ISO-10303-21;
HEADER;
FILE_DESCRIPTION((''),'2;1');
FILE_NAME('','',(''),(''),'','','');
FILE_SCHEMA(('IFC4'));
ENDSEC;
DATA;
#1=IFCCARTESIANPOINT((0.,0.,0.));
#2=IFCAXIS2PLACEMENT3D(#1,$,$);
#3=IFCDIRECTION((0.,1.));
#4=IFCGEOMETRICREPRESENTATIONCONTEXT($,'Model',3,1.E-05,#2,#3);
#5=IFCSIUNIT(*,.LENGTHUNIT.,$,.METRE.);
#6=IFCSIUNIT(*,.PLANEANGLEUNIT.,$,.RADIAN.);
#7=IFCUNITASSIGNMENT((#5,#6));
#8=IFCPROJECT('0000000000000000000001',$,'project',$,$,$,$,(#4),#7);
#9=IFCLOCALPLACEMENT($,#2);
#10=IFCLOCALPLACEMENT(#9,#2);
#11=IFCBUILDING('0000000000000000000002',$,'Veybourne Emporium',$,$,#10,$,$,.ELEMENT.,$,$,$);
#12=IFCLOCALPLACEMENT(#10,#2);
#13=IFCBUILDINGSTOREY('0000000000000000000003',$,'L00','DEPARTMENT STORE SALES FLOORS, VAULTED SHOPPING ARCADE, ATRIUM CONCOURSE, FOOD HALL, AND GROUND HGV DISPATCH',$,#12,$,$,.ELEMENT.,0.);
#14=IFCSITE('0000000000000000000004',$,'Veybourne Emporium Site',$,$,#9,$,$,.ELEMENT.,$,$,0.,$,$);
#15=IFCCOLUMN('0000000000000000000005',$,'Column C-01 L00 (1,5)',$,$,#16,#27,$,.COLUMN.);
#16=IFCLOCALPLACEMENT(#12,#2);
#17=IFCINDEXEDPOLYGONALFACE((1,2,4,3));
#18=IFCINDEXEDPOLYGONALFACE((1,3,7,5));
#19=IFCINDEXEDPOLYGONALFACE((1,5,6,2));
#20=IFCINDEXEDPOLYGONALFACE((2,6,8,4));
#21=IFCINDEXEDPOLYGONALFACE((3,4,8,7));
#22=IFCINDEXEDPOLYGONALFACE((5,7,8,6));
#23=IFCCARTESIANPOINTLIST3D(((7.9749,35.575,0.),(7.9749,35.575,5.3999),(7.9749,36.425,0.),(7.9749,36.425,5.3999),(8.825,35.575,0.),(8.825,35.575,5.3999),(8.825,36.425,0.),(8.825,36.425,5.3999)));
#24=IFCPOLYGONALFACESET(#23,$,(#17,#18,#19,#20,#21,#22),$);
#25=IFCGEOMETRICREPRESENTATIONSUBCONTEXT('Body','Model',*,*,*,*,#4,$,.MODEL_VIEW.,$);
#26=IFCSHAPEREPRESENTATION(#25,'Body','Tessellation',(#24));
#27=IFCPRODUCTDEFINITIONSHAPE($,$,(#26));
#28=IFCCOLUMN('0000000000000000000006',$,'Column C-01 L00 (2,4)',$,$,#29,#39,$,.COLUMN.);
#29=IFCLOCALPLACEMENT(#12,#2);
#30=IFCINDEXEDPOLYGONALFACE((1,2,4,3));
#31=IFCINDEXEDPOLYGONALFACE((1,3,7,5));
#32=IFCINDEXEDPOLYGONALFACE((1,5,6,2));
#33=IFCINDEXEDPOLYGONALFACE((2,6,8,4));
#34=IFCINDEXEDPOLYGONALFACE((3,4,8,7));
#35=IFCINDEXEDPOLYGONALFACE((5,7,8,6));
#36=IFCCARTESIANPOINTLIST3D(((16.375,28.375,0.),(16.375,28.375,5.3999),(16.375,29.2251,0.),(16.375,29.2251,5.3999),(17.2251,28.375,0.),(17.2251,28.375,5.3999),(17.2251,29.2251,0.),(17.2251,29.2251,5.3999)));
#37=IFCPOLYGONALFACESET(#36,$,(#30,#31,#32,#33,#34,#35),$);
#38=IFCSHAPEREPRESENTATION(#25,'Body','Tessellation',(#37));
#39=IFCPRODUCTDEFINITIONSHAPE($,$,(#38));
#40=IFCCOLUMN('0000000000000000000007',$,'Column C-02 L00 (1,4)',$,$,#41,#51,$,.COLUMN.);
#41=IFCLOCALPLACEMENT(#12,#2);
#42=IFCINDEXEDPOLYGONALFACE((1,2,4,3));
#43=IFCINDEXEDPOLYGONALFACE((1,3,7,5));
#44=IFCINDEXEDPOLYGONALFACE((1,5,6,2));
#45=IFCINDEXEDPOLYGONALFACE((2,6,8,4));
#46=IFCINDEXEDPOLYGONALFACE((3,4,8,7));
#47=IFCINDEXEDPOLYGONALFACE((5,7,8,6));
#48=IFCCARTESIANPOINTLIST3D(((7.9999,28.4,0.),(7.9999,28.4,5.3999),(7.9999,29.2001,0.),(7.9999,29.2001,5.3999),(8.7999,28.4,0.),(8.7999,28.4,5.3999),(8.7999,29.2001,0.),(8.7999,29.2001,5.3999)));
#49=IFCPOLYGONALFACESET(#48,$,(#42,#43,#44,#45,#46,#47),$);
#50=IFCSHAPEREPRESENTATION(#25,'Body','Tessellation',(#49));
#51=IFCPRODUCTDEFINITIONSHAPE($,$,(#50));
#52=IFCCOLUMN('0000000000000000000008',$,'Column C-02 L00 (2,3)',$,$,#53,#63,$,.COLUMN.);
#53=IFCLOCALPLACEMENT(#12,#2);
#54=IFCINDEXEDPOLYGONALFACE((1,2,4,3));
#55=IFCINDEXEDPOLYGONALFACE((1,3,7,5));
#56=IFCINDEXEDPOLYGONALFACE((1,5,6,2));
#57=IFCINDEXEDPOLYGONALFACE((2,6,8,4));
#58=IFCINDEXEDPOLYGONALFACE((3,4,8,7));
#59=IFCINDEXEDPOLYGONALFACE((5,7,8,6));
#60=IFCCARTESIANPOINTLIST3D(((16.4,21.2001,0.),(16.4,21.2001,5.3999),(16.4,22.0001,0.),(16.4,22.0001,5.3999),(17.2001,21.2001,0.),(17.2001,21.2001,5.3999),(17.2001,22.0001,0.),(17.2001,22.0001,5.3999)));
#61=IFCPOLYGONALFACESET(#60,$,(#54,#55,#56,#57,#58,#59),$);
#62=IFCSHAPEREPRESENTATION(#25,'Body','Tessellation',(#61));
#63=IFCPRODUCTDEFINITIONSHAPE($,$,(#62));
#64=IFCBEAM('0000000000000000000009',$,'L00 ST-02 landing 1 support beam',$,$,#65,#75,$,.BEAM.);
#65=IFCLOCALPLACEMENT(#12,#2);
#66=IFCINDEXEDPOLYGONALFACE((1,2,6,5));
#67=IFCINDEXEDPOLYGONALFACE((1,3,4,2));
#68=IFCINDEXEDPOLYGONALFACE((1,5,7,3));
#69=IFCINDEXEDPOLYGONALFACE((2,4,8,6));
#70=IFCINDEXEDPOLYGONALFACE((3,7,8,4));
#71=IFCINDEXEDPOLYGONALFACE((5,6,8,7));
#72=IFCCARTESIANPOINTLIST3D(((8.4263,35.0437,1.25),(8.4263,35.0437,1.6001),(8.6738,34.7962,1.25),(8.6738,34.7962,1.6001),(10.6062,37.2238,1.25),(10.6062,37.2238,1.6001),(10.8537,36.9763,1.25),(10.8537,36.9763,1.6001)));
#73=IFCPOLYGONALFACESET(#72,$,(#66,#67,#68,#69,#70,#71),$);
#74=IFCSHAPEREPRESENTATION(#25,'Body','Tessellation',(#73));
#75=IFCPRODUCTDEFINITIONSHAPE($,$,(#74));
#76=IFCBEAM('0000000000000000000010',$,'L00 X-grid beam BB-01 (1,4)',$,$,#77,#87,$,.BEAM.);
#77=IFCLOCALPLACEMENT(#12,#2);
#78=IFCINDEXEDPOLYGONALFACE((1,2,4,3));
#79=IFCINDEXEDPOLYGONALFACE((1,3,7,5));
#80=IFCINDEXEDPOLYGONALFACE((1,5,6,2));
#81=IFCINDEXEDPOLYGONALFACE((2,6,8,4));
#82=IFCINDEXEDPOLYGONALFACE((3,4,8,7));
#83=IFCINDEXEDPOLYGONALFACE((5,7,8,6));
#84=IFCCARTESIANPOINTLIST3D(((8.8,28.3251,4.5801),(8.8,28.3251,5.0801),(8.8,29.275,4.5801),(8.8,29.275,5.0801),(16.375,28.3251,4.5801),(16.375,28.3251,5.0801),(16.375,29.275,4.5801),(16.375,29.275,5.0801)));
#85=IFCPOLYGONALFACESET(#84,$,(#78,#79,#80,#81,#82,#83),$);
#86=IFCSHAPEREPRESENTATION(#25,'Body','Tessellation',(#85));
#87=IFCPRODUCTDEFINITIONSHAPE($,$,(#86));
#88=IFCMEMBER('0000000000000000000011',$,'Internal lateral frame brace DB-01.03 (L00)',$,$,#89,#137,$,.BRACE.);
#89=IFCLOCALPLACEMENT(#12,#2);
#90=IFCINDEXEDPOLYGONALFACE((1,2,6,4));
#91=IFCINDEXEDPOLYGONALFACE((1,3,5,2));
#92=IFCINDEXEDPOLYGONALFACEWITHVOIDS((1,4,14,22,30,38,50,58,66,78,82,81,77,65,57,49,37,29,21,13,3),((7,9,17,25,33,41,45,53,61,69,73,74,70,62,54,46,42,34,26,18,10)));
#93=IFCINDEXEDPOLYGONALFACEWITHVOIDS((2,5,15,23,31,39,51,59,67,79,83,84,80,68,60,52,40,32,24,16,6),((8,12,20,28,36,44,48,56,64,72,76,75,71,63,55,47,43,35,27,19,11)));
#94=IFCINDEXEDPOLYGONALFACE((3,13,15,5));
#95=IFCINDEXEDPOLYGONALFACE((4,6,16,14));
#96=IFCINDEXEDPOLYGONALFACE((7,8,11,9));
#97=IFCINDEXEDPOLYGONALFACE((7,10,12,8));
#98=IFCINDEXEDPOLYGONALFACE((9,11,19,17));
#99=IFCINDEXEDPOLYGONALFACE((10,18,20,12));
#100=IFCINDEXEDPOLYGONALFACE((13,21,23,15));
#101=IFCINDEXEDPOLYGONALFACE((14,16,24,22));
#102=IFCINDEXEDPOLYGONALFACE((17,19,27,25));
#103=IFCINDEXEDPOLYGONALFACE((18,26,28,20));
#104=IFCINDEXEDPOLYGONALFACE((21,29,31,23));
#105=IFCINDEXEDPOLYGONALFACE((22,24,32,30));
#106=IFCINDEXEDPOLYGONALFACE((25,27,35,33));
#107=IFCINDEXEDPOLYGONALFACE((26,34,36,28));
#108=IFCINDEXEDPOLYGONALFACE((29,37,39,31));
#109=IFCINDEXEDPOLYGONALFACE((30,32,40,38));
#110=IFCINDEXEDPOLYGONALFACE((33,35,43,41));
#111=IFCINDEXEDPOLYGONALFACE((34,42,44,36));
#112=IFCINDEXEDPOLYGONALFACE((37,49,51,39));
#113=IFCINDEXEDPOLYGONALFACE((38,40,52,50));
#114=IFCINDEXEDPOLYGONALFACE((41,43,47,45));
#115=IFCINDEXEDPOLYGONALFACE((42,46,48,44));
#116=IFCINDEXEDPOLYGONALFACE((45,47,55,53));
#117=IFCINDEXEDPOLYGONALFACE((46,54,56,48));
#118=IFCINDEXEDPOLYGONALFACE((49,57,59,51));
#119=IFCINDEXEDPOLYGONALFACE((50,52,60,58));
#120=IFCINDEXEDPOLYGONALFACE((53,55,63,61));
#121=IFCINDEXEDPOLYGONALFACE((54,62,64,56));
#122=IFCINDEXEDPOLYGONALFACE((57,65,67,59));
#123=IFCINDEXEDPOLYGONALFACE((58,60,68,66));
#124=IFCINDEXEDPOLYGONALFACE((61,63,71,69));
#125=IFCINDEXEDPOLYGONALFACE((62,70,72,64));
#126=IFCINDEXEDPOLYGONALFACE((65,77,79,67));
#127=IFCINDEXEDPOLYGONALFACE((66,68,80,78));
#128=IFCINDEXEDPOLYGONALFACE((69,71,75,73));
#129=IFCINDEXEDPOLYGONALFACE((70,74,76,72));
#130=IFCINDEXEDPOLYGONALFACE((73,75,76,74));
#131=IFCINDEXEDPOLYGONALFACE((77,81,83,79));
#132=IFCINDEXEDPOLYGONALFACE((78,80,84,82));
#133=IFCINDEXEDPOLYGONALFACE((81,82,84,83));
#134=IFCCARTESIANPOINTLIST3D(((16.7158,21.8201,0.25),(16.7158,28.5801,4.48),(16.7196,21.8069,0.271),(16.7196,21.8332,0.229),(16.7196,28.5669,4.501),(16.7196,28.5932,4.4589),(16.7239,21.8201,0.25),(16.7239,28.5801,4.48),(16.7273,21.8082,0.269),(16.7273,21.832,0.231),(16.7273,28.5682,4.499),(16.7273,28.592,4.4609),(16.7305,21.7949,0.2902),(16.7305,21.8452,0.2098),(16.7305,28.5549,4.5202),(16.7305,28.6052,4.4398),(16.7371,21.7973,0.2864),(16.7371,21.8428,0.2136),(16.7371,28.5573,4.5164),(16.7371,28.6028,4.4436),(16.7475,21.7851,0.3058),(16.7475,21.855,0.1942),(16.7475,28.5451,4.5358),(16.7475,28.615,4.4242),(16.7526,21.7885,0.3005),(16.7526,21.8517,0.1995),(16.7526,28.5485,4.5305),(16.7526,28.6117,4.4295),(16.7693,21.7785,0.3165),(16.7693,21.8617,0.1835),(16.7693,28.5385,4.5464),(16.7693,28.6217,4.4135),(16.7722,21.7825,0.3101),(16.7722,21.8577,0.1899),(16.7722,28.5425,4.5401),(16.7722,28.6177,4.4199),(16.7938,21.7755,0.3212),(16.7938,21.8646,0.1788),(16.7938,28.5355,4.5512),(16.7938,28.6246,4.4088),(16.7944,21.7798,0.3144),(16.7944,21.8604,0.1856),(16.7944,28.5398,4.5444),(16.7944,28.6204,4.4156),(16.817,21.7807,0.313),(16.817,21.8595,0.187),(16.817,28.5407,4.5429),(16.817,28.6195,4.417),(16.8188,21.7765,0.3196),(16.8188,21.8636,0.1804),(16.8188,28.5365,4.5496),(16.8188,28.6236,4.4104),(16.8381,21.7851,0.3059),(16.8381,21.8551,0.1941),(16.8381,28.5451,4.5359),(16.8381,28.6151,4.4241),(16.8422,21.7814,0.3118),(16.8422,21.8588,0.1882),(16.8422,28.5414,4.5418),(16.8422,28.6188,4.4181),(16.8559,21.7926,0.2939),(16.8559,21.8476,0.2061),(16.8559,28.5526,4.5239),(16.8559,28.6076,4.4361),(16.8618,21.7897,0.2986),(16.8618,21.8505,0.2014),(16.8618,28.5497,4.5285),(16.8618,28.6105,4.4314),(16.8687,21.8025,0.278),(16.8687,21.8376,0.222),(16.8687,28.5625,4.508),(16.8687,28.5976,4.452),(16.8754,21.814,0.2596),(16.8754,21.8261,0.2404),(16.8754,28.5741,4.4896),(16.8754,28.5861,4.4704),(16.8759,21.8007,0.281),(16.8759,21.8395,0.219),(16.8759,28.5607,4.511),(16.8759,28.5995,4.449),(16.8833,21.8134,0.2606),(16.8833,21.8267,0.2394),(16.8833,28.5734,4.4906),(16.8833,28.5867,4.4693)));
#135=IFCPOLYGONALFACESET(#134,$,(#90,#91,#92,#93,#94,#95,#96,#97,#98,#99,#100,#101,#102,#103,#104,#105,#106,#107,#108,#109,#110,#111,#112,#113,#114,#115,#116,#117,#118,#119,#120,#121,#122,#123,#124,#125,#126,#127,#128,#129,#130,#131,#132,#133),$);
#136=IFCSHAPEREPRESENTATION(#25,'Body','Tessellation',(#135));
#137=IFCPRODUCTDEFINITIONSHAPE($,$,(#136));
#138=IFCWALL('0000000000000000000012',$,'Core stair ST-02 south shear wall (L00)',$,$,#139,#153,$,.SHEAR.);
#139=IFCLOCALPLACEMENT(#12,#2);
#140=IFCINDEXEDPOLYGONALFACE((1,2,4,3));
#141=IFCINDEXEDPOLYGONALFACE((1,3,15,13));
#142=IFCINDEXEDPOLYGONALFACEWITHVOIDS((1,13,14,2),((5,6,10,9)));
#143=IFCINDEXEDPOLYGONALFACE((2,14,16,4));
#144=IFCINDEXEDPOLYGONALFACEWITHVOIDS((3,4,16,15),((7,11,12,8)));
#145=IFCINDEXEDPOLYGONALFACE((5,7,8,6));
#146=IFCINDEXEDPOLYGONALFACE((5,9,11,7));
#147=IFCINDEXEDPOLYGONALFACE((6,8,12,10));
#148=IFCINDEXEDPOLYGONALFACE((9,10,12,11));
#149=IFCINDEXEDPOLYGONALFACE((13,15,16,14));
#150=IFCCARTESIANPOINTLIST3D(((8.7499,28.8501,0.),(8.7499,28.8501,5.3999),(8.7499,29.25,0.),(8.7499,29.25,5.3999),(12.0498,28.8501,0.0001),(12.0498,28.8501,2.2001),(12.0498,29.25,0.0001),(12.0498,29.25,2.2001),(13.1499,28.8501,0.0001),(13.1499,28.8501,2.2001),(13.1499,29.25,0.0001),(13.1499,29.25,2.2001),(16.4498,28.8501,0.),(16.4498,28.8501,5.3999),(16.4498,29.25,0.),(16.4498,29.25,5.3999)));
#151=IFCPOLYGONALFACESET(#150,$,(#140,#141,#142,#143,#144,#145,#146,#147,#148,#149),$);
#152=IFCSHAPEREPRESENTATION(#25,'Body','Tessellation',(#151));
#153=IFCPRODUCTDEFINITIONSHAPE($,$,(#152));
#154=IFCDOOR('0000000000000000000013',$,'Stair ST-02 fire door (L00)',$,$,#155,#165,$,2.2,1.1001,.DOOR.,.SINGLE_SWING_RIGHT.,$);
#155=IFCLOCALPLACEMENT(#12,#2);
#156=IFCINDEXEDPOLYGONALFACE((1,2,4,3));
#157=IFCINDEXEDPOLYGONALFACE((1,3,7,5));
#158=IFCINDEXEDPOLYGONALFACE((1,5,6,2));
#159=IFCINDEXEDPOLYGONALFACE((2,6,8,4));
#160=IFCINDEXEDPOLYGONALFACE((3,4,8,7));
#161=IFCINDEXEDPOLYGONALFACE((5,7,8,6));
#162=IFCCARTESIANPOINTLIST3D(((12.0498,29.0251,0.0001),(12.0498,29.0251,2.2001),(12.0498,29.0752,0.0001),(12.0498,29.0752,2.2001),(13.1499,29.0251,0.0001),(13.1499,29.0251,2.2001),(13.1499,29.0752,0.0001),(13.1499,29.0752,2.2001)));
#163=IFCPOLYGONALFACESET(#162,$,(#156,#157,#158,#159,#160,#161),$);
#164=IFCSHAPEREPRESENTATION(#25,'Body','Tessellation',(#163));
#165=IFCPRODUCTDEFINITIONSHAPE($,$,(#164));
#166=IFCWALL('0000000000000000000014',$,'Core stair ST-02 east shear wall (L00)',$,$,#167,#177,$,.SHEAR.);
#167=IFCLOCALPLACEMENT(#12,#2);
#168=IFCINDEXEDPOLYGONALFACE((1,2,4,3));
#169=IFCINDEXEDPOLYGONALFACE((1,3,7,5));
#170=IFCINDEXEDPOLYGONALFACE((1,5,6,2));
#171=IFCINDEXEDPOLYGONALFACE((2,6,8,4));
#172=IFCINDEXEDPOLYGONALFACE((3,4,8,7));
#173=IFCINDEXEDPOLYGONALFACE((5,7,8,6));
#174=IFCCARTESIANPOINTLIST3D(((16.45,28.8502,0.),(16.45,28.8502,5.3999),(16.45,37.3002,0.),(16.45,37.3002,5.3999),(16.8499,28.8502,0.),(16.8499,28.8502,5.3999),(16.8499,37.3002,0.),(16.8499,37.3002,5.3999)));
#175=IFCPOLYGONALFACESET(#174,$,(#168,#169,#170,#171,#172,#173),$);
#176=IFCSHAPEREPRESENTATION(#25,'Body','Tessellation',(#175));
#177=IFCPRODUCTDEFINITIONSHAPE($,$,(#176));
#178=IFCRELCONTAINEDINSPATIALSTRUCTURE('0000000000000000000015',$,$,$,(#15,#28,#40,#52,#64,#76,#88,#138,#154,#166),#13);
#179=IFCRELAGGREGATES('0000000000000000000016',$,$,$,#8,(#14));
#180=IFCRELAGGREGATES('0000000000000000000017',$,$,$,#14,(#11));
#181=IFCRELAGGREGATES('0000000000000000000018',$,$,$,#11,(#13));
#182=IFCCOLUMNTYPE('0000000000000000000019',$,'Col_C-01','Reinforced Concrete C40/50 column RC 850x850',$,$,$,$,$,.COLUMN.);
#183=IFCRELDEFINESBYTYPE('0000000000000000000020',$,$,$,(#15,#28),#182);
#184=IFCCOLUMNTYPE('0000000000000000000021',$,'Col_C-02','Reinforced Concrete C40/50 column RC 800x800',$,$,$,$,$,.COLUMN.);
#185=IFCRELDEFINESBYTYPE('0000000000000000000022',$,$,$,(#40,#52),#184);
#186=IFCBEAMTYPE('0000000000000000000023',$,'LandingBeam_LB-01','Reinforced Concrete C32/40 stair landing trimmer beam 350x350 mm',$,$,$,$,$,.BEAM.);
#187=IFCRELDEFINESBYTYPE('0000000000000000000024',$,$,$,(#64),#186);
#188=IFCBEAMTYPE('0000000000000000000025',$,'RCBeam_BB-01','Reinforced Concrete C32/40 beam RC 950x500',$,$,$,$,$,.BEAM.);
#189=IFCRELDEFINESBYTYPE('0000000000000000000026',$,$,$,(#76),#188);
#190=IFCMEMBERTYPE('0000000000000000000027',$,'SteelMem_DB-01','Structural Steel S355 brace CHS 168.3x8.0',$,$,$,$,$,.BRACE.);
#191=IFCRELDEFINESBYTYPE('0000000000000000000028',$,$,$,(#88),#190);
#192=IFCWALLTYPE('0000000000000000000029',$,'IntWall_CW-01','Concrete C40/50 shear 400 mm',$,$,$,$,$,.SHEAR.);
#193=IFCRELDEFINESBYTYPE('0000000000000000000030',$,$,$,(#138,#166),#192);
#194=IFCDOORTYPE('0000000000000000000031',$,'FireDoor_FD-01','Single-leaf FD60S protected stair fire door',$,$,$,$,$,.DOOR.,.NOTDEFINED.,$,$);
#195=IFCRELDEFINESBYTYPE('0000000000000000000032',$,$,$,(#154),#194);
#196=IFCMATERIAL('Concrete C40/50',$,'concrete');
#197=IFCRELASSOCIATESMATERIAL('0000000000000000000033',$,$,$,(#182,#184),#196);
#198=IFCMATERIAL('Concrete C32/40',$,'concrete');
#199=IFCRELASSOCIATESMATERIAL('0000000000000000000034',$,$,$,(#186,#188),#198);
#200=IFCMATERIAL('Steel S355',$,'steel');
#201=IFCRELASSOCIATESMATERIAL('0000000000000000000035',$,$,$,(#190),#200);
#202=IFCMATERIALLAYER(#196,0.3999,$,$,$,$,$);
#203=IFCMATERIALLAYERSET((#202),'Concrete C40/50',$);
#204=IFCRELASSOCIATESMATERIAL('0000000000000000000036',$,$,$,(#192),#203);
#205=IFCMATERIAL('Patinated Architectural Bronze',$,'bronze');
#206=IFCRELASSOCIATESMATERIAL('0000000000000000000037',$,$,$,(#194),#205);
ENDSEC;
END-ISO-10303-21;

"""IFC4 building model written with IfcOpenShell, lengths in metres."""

from ifc_helpers import new_model, si_unit, direction, frame, frame_2d, origin, origin_2d, place, context, subcontext, project, spatial, rectangle, hollow_circle, extrude, material, layer, layer_set, material_profile, profile_set, type_object, element, fill, save


model = new_model("IFC4")

# Units and contexts
model_context = context("Model", 3, precision=1e-05, world=origin(), true_north=direction((0.0, 1.0)))
body_context = subcontext(model_context, "Body", "Model", "MODEL_VIEW")
ifc_project = project(units=[si_unit("LENGTHUNIT", "METRE"), si_unit("PLANEANGLEUNIT", "RADIAN")], contexts=[model_context])

# Site, building, storey
site_placement = place(None, origin())
site = spatial("IfcSite", under=ifc_project, at=site_placement, Name="Veybourne Emporium Site", CompositionType="ELEMENT", RefElevation=0.0)
building_placement = place(site_placement, origin())
building = spatial("IfcBuilding", under=site, at=building_placement, Name="Veybourne Emporium", CompositionType="ELEMENT")
storey_placement = place(building_placement, origin())
storey = spatial("IfcBuildingStorey", under=building, at=storey_placement, Name="L00", Description="DEPARTMENT STORE SALES FLOORS, VAULTED SHOPPING ARCADE, ATRIUM CONCOURSE, FOOD HALL, AND GROUND HGV DISPATCH", CompositionType="ELEMENT", Elevation=0.0)

# Columns
ifc_material_1 = material(Name="Concrete C40/50", Category="concrete")
ifc_material_profile_1 = material_profile(ifc_material_1, rectangle(XDim=0.8501, YDim=0.8501, at=origin_2d()), Name="RC 850x850")
ifc_profile_set_1 = profile_set([ifc_material_profile_1], Name="Concrete C40/50")
column_type_1 = type_object("IfcColumnType", Name="Col_C-01", Description="Reinforced Concrete C40/50 column RC 850x850", PredefinedType="COLUMN", material=ifc_profile_set_1)
for number, where, z_axis, x_axis, name in (
    (1, (8.3999, 36.0, 0.0), (0.0, 0.0, 1.0), (1.0, 0.0, 0.0), "Column C-01 L00 (1,5)"),
    (2, (16.8, 28.8, 0.0), (0.0, 0.0, 1.0), (1.0, 0.0, 0.0), "Column C-01 L00 (2,4)"),
):
    element("IfcColumn", number, at=place(storey_placement, frame(where, z_axis=z_axis, x_axis=x_axis)), inside=storey, type_object=column_type_1, Name=name, PredefinedType="COLUMN", context=body_context, shape_type="SweptSolid", body=[
        extrude(rectangle(XDim=0.8501, YDim=0.8501, at=origin_2d()), origin(), (0.0, 0.0, 1.0), 5.3999),
    ])
ifc_material_profile_2 = material_profile(ifc_material_1, rectangle(XDim=0.8, YDim=0.8, at=origin_2d()), Name="RC 800x800")
ifc_profile_set_2 = profile_set([ifc_material_profile_2], Name="Concrete C40/50")
column_type_2 = type_object("IfcColumnType", Name="Col_C-02", Description="Reinforced Concrete C40/50 column RC 800x800", PredefinedType="COLUMN", material=ifc_profile_set_2)
for number, where, z_axis, x_axis, name in (
    (3, (8.3999, 28.8, 0.0), (0.0, 0.0, 1.0), (1.0, 0.0, 0.0), "Column C-02 L00 (1,4)"),
    (4, (16.8, 21.6001, 0.0), (0.0, 0.0, 1.0), (1.0, 0.0, 0.0), "Column C-02 L00 (2,3)"),
):
    element("IfcColumn", number, at=place(storey_placement, frame(where, z_axis=z_axis, x_axis=x_axis)), inside=storey, type_object=column_type_2, Name=name, PredefinedType="COLUMN", context=body_context, shape_type="SweptSolid", body=[
        extrude(rectangle(XDim=0.8, YDim=0.8, at=origin_2d()), origin(), (0.0, 0.0, 1.0), 5.3999),
    ])

# Beams
ifc_material_2 = material(Name="Concrete C32/40", Category="concrete")
ifc_material_profile_3 = material_profile(ifc_material_2, rectangle(XDim=0.3501, YDim=0.3501, at=origin_2d()), Name="RC 350x350")
ifc_profile_set_3 = profile_set([ifc_material_profile_3], Name="Concrete C32/40")
beam_type_1 = type_object("IfcBeamType", Name="LandingBeam_LB-01", Description="Reinforced Concrete C32/40 stair landing trimmer beam 350x350 mm", PredefinedType="BEAM", material=ifc_profile_set_3)
beam_1_placement = place(storey_placement, frame((8.55, 34.9199, 1.425), z_axis=(0.707067, 0.707146, 0.0), x_axis=(-0.707146, 0.707067, 0.0)))
element("IfcBeam", 5, at=beam_1_placement, inside=storey, type_object=beam_type_1, Name="L00 ST-02 landing 1 support beam", PredefinedType="BEAM", context=body_context, shape_type="SweptSolid", body=[
    extrude(rectangle(XDim=0.3501, YDim=0.3501, at=origin_2d()), origin(), (0.0, 0.0, 1.0), 3.083),
])
ifc_material_profile_4 = material_profile(ifc_material_2, rectangle(XDim=0.95, YDim=0.5, at=origin_2d()), Name="RC 950x500")
ifc_profile_set_4 = profile_set([ifc_material_profile_4], Name="Concrete C32/40")
beam_type_2 = type_object("IfcBeamType", Name="RCBeam_BB-01", Description="Reinforced Concrete C32/40 beam RC 950x500", PredefinedType="BEAM", material=ifc_profile_set_4)
beam_2_placement = place(storey_placement, frame((8.8, 28.8, 4.8301), z_axis=(1.0, 0.0, 0.0), x_axis=(0.0, 1.0, 0.0)))
element("IfcBeam", 6, at=beam_2_placement, inside=storey, type_object=beam_type_2, Name="L00 X-grid beam BB-01 (1,4)", PredefinedType="BEAM", context=body_context, shape_type="SweptSolid", body=[
    extrude(rectangle(XDim=0.95, YDim=0.5, at=origin_2d()), origin(), (0.0, 0.0, 1.0), 7.575),
])

# Member
ifc_material_3 = material(Name="Steel S355", Category="steel")
ifc_material_profile_5 = material_profile(ifc_material_3, hollow_circle(Radius=0.0842, WallThickness=0.0081, at=origin_2d()), Name="CHS 168.3x8.0")
ifc_profile_set_5 = profile_set([ifc_material_profile_5], Name="Steel S355")
member_type = type_object("IfcMemberType", Name="SteelMem_DB-01", Description="Structural Steel S355 brace CHS 168.3x8.0", PredefinedType="BRACE", material=ifc_profile_set_5)
member_placement = place(storey_placement, frame((16.8, 21.8201, 0.25), z_axis=(0.0, 0.847718, 0.530447), x_axis=(-1.0, 0.0, 0.0)))
element("IfcMember", 7, at=member_placement, inside=storey, type_object=member_type, Name="Internal lateral frame brace DB-01.03 (L00)", PredefinedType="BRACE", context=body_context, shape_type="SweptSolid", body=[
    extrude(hollow_circle(Radius=0.0842, WallThickness=0.0081, at=origin_2d()), origin(), (0.0, 0.0, 1.0), 7.9744),
])

# Wall, opening, door
ifc_layer = layer(ifc_material_1, 0.3999)
ifc_layer_set = layer_set([ifc_layer], Name="Concrete C40/50")
wall_type = type_object("IfcWallType", Name="IntWall_CW-01", Description="Concrete C40/50 shear 400 mm", PredefinedType="SHEAR", material=ifc_layer_set)
wall_1_placement = place(storey_placement, frame((16.45, 29.05, 0.0), z_axis=(0.0, 0.0, 1.0), x_axis=(-1.0, 0.0, 0.0)))
wall_1 = element("IfcWall", 8, at=wall_1_placement, inside=storey, type_object=wall_type, Name="Core stair ST-02 south shear wall (L00)", PredefinedType="SHEAR", context=body_context, shape_type="SweptSolid", body=[
    extrude(rectangle(XDim=7.7, YDim=0.3999, at=frame_2d((3.8501, 0.0))), origin(), (0.0, 0.0, 1.0), 5.3999),
])
opening_placement = place(wall_1_placement, frame((3.3, 0.0, 0.0)))
opening = element("IfcOpeningElement", 9, at=opening_placement, cuts=wall_1, PredefinedType="OPENING", context=body_context, shape_type="SweptSolid", body=[
    extrude(rectangle(XDim=1.1001, YDim=2.2, at=frame_2d((0.55, 1.1001))), frame((0.0, 0.22, 0.0), z_axis=(0.0, -1.0, 0.0), x_axis=(1.0, 0.0, 0.0)), (0.0, 0.0, 1.0), 0.4399),
])
ifc_material_4 = material(Name="Patinated Architectural Bronze", Category="bronze")
door_type = type_object("IfcDoorType", Name="FireDoor_FD-01", Description="Single-leaf FD60S protected stair fire door", OperationType="NOTDEFINED", PredefinedType="DOOR", material=ifc_material_4)
door_placement = place(opening_placement, origin())
door = element("IfcDoor", 10, at=door_placement, inside=storey, type_object=door_type, Name="Stair ST-02 fire door (L00)", OperationType="SINGLE_SWING_RIGHT", OverallHeight=2.2, OverallWidth=1.1001, PredefinedType="DOOR", context=body_context, shape_type="SweptSolid", body=[
    extrude(rectangle(XDim=1.1001, YDim=2.2, at=frame_2d((0.55, 1.1001))), frame((0.0, 0.0249, 0.0), z_axis=(0.0, -1.0, 0.0), x_axis=(1.0, 0.0, 0.0)), (0.0, 0.0, 1.0), 0.05),
])
fill(opening, door)

# Wall
wall_2_placement = place(storey_placement, frame((16.6499, 28.8501, 0.0), z_axis=(0.0, 0.0, 1.0), x_axis=(0.0, 1.0, 0.0)))
element("IfcWall", 11, at=wall_2_placement, inside=storey, type_object=wall_type, Name="Core stair ST-02 east shear wall (L00)", PredefinedType="SHEAR", context=body_context, shape_type="SweptSolid", body=[
    extrude(rectangle(XDim=8.45, YDim=0.3999, at=frame_2d((4.2251, 0.0))), origin(), (0.0, 0.0, 1.0), 5.3999),
])

save(model, "model.ifc")
